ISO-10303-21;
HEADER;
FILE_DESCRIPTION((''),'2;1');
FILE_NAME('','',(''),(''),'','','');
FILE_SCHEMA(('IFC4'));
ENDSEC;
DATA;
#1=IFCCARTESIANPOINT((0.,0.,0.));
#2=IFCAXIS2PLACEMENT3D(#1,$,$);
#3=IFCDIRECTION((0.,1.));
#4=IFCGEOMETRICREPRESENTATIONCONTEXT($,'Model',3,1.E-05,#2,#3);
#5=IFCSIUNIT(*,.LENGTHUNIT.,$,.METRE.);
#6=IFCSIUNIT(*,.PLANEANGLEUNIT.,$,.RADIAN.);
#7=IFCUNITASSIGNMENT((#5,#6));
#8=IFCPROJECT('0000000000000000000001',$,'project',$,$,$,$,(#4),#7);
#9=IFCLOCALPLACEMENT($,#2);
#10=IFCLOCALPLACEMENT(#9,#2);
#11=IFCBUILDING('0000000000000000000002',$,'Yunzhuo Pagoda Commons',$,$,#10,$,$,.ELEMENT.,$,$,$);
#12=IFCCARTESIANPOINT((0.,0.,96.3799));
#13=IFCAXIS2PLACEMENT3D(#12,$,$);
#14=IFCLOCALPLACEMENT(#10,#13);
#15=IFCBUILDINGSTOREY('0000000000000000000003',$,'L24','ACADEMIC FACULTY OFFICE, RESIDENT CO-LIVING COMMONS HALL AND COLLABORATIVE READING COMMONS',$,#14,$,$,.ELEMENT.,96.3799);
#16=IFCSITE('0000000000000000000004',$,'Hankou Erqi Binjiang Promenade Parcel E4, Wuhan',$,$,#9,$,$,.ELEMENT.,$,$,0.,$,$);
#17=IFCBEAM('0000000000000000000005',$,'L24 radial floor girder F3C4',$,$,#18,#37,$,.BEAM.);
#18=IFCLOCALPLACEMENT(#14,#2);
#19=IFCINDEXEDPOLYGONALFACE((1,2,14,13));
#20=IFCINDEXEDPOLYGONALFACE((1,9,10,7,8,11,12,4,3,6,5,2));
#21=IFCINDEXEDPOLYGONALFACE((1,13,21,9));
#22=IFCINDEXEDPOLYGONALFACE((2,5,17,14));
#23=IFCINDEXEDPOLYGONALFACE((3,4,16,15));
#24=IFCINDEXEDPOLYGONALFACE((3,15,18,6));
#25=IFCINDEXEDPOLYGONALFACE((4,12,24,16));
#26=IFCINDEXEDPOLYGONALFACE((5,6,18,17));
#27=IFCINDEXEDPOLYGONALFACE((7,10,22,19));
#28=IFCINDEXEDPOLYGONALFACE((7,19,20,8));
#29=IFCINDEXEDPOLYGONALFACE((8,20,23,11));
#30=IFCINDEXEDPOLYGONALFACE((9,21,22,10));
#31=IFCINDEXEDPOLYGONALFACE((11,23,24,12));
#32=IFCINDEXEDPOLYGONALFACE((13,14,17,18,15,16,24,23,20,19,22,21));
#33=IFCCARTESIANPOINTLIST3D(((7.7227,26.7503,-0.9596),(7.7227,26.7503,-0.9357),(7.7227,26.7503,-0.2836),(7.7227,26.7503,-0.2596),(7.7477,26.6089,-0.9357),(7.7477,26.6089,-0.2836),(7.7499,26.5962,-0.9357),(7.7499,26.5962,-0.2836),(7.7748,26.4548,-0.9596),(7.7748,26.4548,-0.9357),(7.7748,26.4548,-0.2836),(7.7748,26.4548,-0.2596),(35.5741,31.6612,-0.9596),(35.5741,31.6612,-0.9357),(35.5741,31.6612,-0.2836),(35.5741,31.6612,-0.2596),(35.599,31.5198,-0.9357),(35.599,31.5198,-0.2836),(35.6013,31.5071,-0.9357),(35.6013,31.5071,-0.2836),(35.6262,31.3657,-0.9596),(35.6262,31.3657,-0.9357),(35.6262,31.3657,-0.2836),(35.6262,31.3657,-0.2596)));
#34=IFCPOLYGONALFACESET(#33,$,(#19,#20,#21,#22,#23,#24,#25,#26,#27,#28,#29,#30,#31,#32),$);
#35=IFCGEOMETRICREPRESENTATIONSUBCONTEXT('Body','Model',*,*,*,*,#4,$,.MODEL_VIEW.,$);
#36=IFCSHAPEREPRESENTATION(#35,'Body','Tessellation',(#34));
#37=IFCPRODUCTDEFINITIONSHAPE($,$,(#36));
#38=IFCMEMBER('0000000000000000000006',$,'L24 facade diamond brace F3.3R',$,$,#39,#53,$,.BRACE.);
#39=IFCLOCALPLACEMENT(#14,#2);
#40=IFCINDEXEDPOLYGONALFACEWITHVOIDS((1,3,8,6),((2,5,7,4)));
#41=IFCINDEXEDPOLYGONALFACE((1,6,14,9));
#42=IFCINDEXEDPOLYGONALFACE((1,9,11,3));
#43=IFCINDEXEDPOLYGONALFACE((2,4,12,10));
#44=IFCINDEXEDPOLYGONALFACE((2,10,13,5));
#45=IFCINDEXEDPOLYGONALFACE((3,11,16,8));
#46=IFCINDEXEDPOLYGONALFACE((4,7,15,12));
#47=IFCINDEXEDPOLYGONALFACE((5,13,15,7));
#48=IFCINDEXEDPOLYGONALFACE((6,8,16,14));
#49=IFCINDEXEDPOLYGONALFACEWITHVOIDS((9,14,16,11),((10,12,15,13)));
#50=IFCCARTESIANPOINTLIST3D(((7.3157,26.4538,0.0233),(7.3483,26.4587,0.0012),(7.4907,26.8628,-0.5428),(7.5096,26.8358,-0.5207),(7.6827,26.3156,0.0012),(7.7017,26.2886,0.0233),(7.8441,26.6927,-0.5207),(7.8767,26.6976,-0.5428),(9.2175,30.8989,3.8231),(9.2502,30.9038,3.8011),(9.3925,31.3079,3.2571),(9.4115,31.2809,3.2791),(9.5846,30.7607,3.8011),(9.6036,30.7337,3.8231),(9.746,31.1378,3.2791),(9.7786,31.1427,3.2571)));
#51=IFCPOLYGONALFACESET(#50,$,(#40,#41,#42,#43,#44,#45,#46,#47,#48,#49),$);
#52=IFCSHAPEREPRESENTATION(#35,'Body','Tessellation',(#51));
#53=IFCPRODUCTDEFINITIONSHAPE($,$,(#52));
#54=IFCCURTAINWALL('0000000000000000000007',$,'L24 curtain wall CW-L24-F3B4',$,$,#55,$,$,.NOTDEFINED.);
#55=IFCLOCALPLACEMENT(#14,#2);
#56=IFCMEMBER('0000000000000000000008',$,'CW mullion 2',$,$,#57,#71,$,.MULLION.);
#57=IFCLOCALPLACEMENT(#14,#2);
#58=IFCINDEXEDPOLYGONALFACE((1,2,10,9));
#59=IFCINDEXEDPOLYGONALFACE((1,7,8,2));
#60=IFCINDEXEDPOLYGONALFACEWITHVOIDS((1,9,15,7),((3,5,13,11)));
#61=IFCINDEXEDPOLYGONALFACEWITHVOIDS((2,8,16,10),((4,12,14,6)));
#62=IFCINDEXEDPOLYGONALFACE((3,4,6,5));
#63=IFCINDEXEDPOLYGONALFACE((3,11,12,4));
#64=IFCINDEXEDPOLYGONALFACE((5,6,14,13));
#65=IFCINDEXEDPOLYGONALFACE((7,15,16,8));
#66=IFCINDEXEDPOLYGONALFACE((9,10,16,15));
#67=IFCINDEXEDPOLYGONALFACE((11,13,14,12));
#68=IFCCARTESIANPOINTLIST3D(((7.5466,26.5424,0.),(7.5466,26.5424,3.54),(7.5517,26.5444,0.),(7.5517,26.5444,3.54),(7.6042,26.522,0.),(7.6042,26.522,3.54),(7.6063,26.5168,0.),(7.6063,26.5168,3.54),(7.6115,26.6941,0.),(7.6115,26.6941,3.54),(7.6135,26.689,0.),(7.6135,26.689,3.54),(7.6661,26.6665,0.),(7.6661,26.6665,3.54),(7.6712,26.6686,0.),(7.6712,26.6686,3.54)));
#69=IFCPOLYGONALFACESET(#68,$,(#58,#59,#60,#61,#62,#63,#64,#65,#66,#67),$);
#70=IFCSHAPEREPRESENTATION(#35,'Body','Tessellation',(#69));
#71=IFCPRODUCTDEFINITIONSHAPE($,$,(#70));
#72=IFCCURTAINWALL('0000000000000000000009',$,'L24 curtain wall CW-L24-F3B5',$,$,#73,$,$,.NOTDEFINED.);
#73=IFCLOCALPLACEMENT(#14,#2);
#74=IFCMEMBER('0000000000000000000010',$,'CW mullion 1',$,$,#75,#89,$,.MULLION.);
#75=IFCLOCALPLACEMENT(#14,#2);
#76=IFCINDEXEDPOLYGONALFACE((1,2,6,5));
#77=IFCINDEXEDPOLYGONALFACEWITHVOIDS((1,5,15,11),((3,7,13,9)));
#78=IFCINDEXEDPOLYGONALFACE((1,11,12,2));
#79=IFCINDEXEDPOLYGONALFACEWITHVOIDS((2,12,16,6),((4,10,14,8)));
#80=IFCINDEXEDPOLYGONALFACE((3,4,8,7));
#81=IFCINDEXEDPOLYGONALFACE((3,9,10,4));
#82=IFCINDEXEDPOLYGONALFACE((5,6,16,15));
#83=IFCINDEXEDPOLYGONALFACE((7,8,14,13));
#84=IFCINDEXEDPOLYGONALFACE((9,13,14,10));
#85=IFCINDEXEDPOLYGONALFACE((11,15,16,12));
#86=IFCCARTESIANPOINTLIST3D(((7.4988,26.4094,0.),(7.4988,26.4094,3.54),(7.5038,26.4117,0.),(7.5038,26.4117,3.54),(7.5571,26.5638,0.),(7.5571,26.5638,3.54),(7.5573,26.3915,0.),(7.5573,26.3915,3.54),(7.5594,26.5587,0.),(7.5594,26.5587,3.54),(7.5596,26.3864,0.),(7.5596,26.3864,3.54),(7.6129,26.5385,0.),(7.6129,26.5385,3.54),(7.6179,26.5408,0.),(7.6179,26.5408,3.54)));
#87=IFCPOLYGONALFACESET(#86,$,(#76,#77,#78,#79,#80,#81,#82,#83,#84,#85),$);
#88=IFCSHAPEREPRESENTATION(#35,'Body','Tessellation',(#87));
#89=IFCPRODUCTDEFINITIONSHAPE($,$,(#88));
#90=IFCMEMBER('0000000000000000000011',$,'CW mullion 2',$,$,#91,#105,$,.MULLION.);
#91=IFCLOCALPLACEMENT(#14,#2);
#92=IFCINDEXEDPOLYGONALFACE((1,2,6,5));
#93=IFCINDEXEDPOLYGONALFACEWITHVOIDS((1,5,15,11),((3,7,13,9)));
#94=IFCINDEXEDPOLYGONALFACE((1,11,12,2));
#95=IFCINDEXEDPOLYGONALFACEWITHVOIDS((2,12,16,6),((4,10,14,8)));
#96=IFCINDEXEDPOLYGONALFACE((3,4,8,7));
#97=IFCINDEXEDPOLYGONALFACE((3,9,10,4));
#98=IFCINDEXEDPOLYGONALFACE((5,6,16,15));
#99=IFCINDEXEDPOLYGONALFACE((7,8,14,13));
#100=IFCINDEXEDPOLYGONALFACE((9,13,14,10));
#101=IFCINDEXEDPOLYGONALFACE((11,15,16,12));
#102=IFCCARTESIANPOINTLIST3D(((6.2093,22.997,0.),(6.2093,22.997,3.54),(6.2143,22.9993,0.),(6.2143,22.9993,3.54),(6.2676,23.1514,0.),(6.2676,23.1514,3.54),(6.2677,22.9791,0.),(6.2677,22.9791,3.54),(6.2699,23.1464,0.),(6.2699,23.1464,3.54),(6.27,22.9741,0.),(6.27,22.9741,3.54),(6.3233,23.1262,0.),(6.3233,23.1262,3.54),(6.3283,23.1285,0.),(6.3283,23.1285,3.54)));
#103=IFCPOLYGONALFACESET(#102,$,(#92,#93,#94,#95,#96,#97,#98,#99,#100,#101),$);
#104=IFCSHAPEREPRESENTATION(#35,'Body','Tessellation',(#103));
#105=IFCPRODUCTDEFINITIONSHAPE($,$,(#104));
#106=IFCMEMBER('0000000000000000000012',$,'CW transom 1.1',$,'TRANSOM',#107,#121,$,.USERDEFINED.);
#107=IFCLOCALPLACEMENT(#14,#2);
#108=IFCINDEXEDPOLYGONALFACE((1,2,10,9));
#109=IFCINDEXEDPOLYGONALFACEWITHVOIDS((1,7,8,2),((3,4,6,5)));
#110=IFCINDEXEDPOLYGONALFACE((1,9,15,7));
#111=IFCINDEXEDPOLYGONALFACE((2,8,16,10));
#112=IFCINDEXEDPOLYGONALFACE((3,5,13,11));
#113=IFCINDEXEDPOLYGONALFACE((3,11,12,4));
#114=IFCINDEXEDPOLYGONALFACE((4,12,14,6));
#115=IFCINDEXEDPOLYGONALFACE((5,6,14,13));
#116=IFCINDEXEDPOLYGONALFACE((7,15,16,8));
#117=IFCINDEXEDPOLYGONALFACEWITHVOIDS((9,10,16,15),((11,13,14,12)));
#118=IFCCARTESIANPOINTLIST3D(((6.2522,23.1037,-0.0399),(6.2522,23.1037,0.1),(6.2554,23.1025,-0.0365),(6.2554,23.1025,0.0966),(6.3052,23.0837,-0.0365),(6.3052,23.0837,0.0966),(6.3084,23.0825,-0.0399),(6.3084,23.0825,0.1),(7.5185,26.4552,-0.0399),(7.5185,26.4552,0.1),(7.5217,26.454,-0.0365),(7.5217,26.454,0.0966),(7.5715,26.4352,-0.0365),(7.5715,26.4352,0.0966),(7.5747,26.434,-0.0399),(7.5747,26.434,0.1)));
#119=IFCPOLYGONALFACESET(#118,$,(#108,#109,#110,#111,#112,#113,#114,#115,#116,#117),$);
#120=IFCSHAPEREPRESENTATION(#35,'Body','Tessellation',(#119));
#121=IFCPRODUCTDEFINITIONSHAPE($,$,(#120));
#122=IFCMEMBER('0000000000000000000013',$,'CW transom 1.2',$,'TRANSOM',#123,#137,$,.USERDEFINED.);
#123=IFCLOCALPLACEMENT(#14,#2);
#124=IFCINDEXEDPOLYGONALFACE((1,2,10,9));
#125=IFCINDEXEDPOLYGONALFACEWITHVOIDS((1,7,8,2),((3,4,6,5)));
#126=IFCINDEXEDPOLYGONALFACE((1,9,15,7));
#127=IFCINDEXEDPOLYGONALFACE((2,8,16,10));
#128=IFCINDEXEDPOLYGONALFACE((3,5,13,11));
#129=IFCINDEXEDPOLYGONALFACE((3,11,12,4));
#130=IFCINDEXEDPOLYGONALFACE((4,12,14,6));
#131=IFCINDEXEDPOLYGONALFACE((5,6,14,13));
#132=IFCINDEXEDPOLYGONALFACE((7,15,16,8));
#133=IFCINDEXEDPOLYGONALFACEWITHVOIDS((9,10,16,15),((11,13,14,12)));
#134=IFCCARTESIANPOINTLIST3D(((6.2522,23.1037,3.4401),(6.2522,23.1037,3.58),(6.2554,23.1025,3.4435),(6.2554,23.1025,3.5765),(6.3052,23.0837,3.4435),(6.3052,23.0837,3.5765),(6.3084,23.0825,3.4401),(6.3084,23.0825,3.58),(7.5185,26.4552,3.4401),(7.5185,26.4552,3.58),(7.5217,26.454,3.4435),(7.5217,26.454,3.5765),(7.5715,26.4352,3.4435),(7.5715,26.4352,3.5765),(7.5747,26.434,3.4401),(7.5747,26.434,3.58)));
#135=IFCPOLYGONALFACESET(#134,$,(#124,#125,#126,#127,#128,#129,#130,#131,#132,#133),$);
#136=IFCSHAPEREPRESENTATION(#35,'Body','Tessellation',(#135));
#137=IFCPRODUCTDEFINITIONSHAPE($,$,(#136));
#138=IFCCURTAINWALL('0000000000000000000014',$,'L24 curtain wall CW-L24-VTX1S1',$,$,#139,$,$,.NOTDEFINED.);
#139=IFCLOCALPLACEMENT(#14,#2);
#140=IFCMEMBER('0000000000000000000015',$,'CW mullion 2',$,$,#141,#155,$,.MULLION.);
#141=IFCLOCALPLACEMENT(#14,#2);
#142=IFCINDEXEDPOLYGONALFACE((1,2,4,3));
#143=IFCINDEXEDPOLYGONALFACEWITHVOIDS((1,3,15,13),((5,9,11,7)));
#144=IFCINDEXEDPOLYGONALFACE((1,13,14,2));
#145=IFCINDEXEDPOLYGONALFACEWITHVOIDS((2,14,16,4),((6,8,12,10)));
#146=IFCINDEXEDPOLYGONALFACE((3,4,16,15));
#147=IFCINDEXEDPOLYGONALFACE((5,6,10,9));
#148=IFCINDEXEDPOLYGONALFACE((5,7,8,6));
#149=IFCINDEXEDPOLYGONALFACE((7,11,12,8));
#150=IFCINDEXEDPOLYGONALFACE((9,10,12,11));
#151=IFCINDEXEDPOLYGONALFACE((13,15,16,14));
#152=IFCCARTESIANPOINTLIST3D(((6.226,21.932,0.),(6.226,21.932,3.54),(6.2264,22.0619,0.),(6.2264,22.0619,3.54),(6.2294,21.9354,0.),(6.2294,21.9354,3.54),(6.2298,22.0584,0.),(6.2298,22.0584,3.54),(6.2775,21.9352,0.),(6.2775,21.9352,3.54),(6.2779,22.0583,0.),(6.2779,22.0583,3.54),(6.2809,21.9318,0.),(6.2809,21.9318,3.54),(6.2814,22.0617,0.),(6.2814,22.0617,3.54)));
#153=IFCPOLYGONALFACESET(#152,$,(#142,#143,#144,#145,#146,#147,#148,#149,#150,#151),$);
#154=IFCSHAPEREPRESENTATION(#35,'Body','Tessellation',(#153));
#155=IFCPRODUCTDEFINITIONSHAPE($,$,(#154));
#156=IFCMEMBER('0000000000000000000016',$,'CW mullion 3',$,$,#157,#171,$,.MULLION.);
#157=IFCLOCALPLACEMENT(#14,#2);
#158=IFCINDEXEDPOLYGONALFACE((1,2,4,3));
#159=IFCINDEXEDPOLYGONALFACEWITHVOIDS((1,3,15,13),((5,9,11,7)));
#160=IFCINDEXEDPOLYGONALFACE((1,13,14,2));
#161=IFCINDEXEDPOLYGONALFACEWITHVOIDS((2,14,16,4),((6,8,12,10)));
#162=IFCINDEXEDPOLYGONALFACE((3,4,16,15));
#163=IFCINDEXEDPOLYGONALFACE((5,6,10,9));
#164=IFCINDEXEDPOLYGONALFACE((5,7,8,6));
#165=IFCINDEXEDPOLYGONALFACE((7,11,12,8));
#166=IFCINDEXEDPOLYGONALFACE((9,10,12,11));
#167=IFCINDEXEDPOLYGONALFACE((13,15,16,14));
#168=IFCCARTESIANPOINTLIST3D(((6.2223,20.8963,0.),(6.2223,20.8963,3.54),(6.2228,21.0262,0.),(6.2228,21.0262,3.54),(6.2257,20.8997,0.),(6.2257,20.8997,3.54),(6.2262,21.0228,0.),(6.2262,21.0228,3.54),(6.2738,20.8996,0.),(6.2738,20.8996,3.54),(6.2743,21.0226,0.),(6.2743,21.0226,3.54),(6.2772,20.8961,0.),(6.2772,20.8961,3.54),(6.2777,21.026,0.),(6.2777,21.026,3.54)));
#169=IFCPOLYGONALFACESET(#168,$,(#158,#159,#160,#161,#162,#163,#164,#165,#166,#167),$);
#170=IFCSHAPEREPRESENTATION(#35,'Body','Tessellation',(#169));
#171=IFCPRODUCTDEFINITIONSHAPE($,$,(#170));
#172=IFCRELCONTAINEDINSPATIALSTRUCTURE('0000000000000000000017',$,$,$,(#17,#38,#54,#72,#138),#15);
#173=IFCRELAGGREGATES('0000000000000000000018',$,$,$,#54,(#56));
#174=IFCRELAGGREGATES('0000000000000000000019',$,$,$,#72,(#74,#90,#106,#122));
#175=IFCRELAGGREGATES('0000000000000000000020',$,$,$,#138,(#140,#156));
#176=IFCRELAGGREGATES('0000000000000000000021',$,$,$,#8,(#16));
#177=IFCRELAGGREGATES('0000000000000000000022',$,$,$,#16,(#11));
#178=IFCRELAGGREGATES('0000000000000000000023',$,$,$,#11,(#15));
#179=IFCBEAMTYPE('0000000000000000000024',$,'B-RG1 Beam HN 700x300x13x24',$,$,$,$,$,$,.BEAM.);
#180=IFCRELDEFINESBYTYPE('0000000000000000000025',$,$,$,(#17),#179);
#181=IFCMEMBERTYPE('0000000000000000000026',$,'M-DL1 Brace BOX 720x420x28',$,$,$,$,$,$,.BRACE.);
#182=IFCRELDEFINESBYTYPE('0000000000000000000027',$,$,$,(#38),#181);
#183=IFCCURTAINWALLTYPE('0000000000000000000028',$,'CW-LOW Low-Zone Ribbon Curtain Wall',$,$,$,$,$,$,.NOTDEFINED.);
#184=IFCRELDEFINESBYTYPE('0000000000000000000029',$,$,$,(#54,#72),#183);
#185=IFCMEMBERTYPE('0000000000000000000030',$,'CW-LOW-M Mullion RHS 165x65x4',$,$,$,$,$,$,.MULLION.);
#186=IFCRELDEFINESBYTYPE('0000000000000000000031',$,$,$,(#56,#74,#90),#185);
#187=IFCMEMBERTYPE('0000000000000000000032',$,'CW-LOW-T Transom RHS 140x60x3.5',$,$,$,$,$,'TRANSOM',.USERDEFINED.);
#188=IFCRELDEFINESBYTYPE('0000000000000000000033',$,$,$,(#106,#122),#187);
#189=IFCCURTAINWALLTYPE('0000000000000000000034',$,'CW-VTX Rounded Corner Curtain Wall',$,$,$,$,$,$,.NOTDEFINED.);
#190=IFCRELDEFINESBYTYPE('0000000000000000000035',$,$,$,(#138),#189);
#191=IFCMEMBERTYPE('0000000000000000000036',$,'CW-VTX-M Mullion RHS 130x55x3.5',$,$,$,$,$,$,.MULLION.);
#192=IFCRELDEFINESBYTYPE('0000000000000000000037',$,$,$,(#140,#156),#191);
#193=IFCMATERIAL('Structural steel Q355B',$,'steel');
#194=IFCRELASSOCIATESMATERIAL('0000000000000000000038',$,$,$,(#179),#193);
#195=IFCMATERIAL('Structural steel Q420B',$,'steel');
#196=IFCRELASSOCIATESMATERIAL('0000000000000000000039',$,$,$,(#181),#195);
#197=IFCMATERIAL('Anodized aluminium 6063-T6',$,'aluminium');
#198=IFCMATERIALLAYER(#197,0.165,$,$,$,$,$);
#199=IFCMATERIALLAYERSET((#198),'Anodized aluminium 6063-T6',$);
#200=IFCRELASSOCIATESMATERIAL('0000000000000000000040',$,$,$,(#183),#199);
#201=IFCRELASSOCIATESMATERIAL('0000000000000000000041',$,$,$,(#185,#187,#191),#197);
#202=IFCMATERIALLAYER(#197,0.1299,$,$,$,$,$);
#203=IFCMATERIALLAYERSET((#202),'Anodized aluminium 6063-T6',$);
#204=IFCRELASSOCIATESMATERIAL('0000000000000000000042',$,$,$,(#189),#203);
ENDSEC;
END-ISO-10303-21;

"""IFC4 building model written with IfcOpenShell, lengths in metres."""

from ifc_helpers import new_model, si_unit, direction, frame, origin, origin_2d, place, context, subcontext, project, spatial, hollow_rectangle, i_section, extrude, source, transform, mapped, material, layer, layer_set, material_profile, profile_set, type_object, element, aggregate, save


model = new_model("IFC4")

# Units and contexts
model_context = context("Model", 3, precision=1e-05, world=origin(), true_north=direction((0.0, 1.0)))
body_context = subcontext(model_context, "Body", "Model", "MODEL_VIEW")
ifc_project = project(units=[si_unit("LENGTHUNIT", "METRE"), si_unit("PLANEANGLEUNIT", "RADIAN")], contexts=[model_context])

# Site, building, storey
site_placement = place(None, origin())
site = spatial("IfcSite", under=ifc_project, at=site_placement, Name="Hankou Erqi Binjiang Promenade Parcel E4, Wuhan", CompositionType="ELEMENT", RefElevation=0.0)
building_placement = place(site_placement, origin())
building = spatial("IfcBuilding", under=site, at=building_placement, Name="Yunzhuo Pagoda Commons", CompositionType="ELEMENT")
storey_placement = place(building_placement, frame((0.0, 0.0, 96.3799)))
storey = spatial("IfcBuildingStorey", under=building, at=storey_placement, Name="L24", Description="ACADEMIC FACULTY OFFICE, RESIDENT CO-LIVING COMMONS HALL AND COLLABORATIVE READING COMMONS", CompositionType="ELEMENT", Elevation=96.3799)

# Beam
ifc_material_1 = material(Name="Structural steel Q355B", Category="steel")
ifc_material_profile_1 = material_profile(ifc_material_1, i_section(OverallWidth=0.3, OverallDepth=0.7, WebThickness=0.0129, FlangeThickness=0.0239, at=origin_2d()), Name="Structural steel Q355B")
ifc_profile_set_1 = profile_set([ifc_material_profile_1], Name="Structural steel Q355B")
beam_type = type_object("IfcBeamType", Name="B-RG1 Beam HN 700x300x13x24", PredefinedType="BEAM", material=ifc_profile_set_1)
shared_shape_1 = source(origin(), body_context, "Body", "SweptSolid", [
    extrude(i_section(OverallWidth=0.3, OverallDepth=0.7, WebThickness=0.0129, FlangeThickness=0.0239, at=origin_2d()), origin(), (0.0, 0.0, 1.0), 28.281),
])
beam_placement = place(storey_placement, frame((7.7488, 26.6025, -0.6096), z_axis=(0.984808, 0.173646, 0.0), x_axis=(-0.173646, 0.984808, 0.0)))
element("IfcBeam", 1, at=beam_placement, inside=storey, type_object=beam_type, Name="L24 radial floor girder F3C4", PredefinedType="BEAM", context=body_context, shape_type="MappedRepresentation", body=[
    mapped(shared_shape_1, transform((0.0, 0.0, 0.0), scale=1.0)),
])

# Member
ifc_material_2 = material(Name="Structural steel Q420B", Category="steel")
ifc_material_profile_2 = material_profile(ifc_material_2, hollow_rectangle(XDim=0.4199, YDim=0.72, WallThickness=0.0281, at=origin_2d()), Name="Structural steel Q420B")
ifc_profile_set_2 = profile_set([ifc_material_profile_2], Name="Structural steel Q420B")
member_type_1 = type_object("IfcMemberType", Name="M-DL1 Brace BOX 720x420x28", PredefinedType="BRACE", material=ifc_profile_set_2)
shared_shape_2 = source(origin(), body_context, "Body", "SweptSolid", [
    extrude(hollow_rectangle(XDim=0.4199, YDim=0.72, WallThickness=0.0281, at=origin_2d()), origin(), (0.0, 0.0, 1.0), 6.1494),
])
member_1_placement = place(storey_placement, frame((7.5962, 26.5757, -0.2598), z_axis=(0.309279, 0.722855, 0.617922), x_axis=(-0.919383, 0.393365, 0.0)))
element("IfcMember", 2, at=member_1_placement, inside=storey, type_object=member_type_1, Name="L24 facade diamond brace F3.3R", PredefinedType="BRACE", context=body_context, shape_type="MappedRepresentation", body=[
    mapped(shared_shape_2, transform((0.0, 0.0, 0.0), scale=1.0)),
])

# Curtain wall, member
ifc_material_3 = material(Name="Anodized aluminium 6063-T6", Category="aluminium")
ifc_layer_1 = layer(ifc_material_3, 0.165)
ifc_layer_set_1 = layer_set([ifc_layer_1], Name="Anodized aluminium 6063-T6")
curtain_wall_type_1 = type_object("IfcCurtainWallType", Name="CW-LOW Low-Zone Ribbon Curtain Wall", PredefinedType="NOTDEFINED", material=ifc_layer_set_1)
curtain_wall_1_placement = place(storey_placement, origin())
curtain_wall_1 = element("IfcCurtainWall", 3, at=curtain_wall_1_placement, inside=storey, type_object=curtain_wall_type_1, Name="L24 curtain wall CW-L24-F3B4", PredefinedType="NOTDEFINED")
ifc_material_profile_3 = material_profile(ifc_material_3, hollow_rectangle(XDim=0.0649, YDim=0.165, WallThickness=0.0039, at=origin_2d()), Name="Anodized aluminium 6063-T6")
ifc_profile_set_3 = profile_set([ifc_material_profile_3], Name="Anodized aluminium 6063-T6")
member_type_2 = type_object("IfcMemberType", Name="CW-LOW-M Mullion RHS 165x65x4", PredefinedType="MULLION", material=ifc_profile_set_3)
shared_shape_3 = source(origin(), body_context, "Body", "SweptSolid", [
    extrude(hollow_rectangle(XDim=0.0649, YDim=0.165, WallThickness=0.0039, at=origin_2d()), origin(), (0.0, 0.0, 1.0), 3.54),
])
member_2_placement = place(storey_placement, frame((7.6089, 26.6055, 0.0), z_axis=(0.0, 0.0, 1.0), x_axis=(0.919383, -0.393364, 0.0)))
member_2 = element("IfcMember", 4, at=member_2_placement, type_object=member_type_2, Name="CW mullion 2", PredefinedType="MULLION", context=body_context, shape_type="MappedRepresentation", body=[
    mapped(shared_shape_3, transform((0.0, 0.0, 0.0), scale=1.0)),
])

# Curtain walls, members
curtain_wall_2_placement = place(storey_placement, origin())
curtain_wall_2 = element("IfcCurtainWall", 5, at=curtain_wall_2_placement, inside=storey, type_object=curtain_wall_type_1, Name="L24 curtain wall CW-L24-F3B5", PredefinedType="NOTDEFINED")
member_3_placement = place(storey_placement, frame((7.5583, 26.4751, 0.0), z_axis=(0.0, 0.0, 1.0), x_axis=(0.935454, -0.353448, 0.0)))
member_3 = element("IfcMember", 6, at=member_3_placement, type_object=member_type_2, Name="CW mullion 1", PredefinedType="MULLION", context=body_context, shape_type="MappedRepresentation", body=[
    mapped(shared_shape_3, transform((0.0, 0.0, 0.0), scale=1.0)),
])
member_4_placement = place(storey_placement, frame((6.2688, 23.0627, 0.0), z_axis=(0.0, 0.0, 1.0), x_axis=(0.935454, -0.353448, 0.0)))
member_4 = element("IfcMember", 7, at=member_4_placement, type_object=member_type_2, Name="CW mullion 2", PredefinedType="MULLION", context=body_context, shape_type="MappedRepresentation", body=[
    mapped(shared_shape_3, transform((0.0, 0.0, 0.0), scale=1.0)),
])
ifc_material_profile_4 = material_profile(ifc_material_3, hollow_rectangle(XDim=0.0601, YDim=0.1399, WallThickness=0.0034, at=origin_2d()), Name="Anodized aluminium 6063-T6")
ifc_profile_set_4 = profile_set([ifc_material_profile_4], Name="Anodized aluminium 6063-T6")
member_type_3 = type_object("IfcMemberType", Name="CW-LOW-T Transom RHS 140x60x3.5", ElementType="TRANSOM", PredefinedType="USERDEFINED", material=ifc_profile_set_4)
shared_shape_4 = source(origin(), body_context, "Body", "SweptSolid", [
    extrude(hollow_rectangle(XDim=0.0601, YDim=0.1399, WallThickness=0.0034, at=origin_2d()), origin(), (0.0, 0.0, 1.0), 3.5828),
])
member_5_placement = place(storey_placement, frame((7.5466, 26.4446, 0.03), z_axis=(-0.353452, -0.935453, 0.0), x_axis=(0.935453, -0.353452, 0.0)))
member_5 = element("IfcMember", 8, at=member_5_placement, type_object=member_type_3, Name="CW transom 1.1", ObjectType="TRANSOM", PredefinedType="USERDEFINED", context=body_context, shape_type="MappedRepresentation", body=[
    mapped(shared_shape_4, transform((0.0, 0.0, 0.0), scale=1.0)),
])
member_6_placement = place(storey_placement, frame((7.5466, 26.4446, 3.51), z_axis=(-0.353452, -0.935453, 0.0), x_axis=(0.935453, -0.353452, 0.0)))
member_6 = element("IfcMember", 9, at=member_6_placement, type_object=member_type_3, Name="CW transom 1.2", ObjectType="TRANSOM", PredefinedType="USERDEFINED", context=body_context, shape_type="MappedRepresentation", body=[
    mapped(shared_shape_4, transform((0.0, 0.0, 0.0), scale=1.0)),
])
ifc_layer_2 = layer(ifc_material_3, 0.1299)
ifc_layer_set_2 = layer_set([ifc_layer_2], Name="Anodized aluminium 6063-T6")
curtain_wall_type_2 = type_object("IfcCurtainWallType", Name="CW-VTX Rounded Corner Curtain Wall", PredefinedType="NOTDEFINED", material=ifc_layer_set_2)
curtain_wall_3_placement = place(storey_placement, origin())
curtain_wall_3 = element("IfcCurtainWall", 10, at=curtain_wall_3_placement, inside=storey, type_object=curtain_wall_type_2, Name="L24 curtain wall CW-L24-VTX1S1", PredefinedType="NOTDEFINED")
ifc_material_profile_5 = material_profile(ifc_material_3, hollow_rectangle(XDim=0.0549, YDim=0.1299, WallThickness=0.0034, at=origin_2d()), Name="Anodized aluminium 6063-T6")
ifc_profile_set_5 = profile_set([ifc_material_profile_5], Name="Anodized aluminium 6063-T6")
member_type_4 = type_object("IfcMemberType", Name="CW-VTX-M Mullion RHS 130x55x3.5", PredefinedType="MULLION", material=ifc_profile_set_5)
shared_shape_5 = source(origin(), body_context, "Body", "SweptSolid", [
    extrude(hollow_rectangle(XDim=0.0549, YDim=0.1299, WallThickness=0.0034, at=origin_2d()), origin(), (0.0, 0.0, 1.0), 3.54),
])
member_7_placement = place(storey_placement, frame((6.2537, 21.9968, 0.0), z_axis=(0.0, 0.0, 1.0), x_axis=(0.999994, -0.003573, 0.0)))
member_7 = element("IfcMember", 11, at=member_7_placement, type_object=member_type_4, Name="CW mullion 2", PredefinedType="MULLION", context=body_context, shape_type="MappedRepresentation", body=[
    mapped(shared_shape_5, transform((0.0, 0.0, 0.0), scale=1.0)),
])
member_8_placement = place(storey_placement, frame((6.25, 20.9612, 0.0), z_axis=(0.0, 0.0, 1.0), x_axis=(0.999994, -0.003573, 0.0)))
member_8 = element("IfcMember", 12, at=member_8_placement, type_object=member_type_4, Name="CW mullion 3", PredefinedType="MULLION", context=body_context, shape_type="MappedRepresentation", body=[
    mapped(shared_shape_5, transform((0.0, 0.0, 0.0), scale=1.0)),
])

aggregate(curtain_wall_1, [member_2])
aggregate(curtain_wall_2, [member_3, member_4, member_5, member_6])
aggregate(curtain_wall_3, [member_7, member_8])

save(model, "model.ifc")
